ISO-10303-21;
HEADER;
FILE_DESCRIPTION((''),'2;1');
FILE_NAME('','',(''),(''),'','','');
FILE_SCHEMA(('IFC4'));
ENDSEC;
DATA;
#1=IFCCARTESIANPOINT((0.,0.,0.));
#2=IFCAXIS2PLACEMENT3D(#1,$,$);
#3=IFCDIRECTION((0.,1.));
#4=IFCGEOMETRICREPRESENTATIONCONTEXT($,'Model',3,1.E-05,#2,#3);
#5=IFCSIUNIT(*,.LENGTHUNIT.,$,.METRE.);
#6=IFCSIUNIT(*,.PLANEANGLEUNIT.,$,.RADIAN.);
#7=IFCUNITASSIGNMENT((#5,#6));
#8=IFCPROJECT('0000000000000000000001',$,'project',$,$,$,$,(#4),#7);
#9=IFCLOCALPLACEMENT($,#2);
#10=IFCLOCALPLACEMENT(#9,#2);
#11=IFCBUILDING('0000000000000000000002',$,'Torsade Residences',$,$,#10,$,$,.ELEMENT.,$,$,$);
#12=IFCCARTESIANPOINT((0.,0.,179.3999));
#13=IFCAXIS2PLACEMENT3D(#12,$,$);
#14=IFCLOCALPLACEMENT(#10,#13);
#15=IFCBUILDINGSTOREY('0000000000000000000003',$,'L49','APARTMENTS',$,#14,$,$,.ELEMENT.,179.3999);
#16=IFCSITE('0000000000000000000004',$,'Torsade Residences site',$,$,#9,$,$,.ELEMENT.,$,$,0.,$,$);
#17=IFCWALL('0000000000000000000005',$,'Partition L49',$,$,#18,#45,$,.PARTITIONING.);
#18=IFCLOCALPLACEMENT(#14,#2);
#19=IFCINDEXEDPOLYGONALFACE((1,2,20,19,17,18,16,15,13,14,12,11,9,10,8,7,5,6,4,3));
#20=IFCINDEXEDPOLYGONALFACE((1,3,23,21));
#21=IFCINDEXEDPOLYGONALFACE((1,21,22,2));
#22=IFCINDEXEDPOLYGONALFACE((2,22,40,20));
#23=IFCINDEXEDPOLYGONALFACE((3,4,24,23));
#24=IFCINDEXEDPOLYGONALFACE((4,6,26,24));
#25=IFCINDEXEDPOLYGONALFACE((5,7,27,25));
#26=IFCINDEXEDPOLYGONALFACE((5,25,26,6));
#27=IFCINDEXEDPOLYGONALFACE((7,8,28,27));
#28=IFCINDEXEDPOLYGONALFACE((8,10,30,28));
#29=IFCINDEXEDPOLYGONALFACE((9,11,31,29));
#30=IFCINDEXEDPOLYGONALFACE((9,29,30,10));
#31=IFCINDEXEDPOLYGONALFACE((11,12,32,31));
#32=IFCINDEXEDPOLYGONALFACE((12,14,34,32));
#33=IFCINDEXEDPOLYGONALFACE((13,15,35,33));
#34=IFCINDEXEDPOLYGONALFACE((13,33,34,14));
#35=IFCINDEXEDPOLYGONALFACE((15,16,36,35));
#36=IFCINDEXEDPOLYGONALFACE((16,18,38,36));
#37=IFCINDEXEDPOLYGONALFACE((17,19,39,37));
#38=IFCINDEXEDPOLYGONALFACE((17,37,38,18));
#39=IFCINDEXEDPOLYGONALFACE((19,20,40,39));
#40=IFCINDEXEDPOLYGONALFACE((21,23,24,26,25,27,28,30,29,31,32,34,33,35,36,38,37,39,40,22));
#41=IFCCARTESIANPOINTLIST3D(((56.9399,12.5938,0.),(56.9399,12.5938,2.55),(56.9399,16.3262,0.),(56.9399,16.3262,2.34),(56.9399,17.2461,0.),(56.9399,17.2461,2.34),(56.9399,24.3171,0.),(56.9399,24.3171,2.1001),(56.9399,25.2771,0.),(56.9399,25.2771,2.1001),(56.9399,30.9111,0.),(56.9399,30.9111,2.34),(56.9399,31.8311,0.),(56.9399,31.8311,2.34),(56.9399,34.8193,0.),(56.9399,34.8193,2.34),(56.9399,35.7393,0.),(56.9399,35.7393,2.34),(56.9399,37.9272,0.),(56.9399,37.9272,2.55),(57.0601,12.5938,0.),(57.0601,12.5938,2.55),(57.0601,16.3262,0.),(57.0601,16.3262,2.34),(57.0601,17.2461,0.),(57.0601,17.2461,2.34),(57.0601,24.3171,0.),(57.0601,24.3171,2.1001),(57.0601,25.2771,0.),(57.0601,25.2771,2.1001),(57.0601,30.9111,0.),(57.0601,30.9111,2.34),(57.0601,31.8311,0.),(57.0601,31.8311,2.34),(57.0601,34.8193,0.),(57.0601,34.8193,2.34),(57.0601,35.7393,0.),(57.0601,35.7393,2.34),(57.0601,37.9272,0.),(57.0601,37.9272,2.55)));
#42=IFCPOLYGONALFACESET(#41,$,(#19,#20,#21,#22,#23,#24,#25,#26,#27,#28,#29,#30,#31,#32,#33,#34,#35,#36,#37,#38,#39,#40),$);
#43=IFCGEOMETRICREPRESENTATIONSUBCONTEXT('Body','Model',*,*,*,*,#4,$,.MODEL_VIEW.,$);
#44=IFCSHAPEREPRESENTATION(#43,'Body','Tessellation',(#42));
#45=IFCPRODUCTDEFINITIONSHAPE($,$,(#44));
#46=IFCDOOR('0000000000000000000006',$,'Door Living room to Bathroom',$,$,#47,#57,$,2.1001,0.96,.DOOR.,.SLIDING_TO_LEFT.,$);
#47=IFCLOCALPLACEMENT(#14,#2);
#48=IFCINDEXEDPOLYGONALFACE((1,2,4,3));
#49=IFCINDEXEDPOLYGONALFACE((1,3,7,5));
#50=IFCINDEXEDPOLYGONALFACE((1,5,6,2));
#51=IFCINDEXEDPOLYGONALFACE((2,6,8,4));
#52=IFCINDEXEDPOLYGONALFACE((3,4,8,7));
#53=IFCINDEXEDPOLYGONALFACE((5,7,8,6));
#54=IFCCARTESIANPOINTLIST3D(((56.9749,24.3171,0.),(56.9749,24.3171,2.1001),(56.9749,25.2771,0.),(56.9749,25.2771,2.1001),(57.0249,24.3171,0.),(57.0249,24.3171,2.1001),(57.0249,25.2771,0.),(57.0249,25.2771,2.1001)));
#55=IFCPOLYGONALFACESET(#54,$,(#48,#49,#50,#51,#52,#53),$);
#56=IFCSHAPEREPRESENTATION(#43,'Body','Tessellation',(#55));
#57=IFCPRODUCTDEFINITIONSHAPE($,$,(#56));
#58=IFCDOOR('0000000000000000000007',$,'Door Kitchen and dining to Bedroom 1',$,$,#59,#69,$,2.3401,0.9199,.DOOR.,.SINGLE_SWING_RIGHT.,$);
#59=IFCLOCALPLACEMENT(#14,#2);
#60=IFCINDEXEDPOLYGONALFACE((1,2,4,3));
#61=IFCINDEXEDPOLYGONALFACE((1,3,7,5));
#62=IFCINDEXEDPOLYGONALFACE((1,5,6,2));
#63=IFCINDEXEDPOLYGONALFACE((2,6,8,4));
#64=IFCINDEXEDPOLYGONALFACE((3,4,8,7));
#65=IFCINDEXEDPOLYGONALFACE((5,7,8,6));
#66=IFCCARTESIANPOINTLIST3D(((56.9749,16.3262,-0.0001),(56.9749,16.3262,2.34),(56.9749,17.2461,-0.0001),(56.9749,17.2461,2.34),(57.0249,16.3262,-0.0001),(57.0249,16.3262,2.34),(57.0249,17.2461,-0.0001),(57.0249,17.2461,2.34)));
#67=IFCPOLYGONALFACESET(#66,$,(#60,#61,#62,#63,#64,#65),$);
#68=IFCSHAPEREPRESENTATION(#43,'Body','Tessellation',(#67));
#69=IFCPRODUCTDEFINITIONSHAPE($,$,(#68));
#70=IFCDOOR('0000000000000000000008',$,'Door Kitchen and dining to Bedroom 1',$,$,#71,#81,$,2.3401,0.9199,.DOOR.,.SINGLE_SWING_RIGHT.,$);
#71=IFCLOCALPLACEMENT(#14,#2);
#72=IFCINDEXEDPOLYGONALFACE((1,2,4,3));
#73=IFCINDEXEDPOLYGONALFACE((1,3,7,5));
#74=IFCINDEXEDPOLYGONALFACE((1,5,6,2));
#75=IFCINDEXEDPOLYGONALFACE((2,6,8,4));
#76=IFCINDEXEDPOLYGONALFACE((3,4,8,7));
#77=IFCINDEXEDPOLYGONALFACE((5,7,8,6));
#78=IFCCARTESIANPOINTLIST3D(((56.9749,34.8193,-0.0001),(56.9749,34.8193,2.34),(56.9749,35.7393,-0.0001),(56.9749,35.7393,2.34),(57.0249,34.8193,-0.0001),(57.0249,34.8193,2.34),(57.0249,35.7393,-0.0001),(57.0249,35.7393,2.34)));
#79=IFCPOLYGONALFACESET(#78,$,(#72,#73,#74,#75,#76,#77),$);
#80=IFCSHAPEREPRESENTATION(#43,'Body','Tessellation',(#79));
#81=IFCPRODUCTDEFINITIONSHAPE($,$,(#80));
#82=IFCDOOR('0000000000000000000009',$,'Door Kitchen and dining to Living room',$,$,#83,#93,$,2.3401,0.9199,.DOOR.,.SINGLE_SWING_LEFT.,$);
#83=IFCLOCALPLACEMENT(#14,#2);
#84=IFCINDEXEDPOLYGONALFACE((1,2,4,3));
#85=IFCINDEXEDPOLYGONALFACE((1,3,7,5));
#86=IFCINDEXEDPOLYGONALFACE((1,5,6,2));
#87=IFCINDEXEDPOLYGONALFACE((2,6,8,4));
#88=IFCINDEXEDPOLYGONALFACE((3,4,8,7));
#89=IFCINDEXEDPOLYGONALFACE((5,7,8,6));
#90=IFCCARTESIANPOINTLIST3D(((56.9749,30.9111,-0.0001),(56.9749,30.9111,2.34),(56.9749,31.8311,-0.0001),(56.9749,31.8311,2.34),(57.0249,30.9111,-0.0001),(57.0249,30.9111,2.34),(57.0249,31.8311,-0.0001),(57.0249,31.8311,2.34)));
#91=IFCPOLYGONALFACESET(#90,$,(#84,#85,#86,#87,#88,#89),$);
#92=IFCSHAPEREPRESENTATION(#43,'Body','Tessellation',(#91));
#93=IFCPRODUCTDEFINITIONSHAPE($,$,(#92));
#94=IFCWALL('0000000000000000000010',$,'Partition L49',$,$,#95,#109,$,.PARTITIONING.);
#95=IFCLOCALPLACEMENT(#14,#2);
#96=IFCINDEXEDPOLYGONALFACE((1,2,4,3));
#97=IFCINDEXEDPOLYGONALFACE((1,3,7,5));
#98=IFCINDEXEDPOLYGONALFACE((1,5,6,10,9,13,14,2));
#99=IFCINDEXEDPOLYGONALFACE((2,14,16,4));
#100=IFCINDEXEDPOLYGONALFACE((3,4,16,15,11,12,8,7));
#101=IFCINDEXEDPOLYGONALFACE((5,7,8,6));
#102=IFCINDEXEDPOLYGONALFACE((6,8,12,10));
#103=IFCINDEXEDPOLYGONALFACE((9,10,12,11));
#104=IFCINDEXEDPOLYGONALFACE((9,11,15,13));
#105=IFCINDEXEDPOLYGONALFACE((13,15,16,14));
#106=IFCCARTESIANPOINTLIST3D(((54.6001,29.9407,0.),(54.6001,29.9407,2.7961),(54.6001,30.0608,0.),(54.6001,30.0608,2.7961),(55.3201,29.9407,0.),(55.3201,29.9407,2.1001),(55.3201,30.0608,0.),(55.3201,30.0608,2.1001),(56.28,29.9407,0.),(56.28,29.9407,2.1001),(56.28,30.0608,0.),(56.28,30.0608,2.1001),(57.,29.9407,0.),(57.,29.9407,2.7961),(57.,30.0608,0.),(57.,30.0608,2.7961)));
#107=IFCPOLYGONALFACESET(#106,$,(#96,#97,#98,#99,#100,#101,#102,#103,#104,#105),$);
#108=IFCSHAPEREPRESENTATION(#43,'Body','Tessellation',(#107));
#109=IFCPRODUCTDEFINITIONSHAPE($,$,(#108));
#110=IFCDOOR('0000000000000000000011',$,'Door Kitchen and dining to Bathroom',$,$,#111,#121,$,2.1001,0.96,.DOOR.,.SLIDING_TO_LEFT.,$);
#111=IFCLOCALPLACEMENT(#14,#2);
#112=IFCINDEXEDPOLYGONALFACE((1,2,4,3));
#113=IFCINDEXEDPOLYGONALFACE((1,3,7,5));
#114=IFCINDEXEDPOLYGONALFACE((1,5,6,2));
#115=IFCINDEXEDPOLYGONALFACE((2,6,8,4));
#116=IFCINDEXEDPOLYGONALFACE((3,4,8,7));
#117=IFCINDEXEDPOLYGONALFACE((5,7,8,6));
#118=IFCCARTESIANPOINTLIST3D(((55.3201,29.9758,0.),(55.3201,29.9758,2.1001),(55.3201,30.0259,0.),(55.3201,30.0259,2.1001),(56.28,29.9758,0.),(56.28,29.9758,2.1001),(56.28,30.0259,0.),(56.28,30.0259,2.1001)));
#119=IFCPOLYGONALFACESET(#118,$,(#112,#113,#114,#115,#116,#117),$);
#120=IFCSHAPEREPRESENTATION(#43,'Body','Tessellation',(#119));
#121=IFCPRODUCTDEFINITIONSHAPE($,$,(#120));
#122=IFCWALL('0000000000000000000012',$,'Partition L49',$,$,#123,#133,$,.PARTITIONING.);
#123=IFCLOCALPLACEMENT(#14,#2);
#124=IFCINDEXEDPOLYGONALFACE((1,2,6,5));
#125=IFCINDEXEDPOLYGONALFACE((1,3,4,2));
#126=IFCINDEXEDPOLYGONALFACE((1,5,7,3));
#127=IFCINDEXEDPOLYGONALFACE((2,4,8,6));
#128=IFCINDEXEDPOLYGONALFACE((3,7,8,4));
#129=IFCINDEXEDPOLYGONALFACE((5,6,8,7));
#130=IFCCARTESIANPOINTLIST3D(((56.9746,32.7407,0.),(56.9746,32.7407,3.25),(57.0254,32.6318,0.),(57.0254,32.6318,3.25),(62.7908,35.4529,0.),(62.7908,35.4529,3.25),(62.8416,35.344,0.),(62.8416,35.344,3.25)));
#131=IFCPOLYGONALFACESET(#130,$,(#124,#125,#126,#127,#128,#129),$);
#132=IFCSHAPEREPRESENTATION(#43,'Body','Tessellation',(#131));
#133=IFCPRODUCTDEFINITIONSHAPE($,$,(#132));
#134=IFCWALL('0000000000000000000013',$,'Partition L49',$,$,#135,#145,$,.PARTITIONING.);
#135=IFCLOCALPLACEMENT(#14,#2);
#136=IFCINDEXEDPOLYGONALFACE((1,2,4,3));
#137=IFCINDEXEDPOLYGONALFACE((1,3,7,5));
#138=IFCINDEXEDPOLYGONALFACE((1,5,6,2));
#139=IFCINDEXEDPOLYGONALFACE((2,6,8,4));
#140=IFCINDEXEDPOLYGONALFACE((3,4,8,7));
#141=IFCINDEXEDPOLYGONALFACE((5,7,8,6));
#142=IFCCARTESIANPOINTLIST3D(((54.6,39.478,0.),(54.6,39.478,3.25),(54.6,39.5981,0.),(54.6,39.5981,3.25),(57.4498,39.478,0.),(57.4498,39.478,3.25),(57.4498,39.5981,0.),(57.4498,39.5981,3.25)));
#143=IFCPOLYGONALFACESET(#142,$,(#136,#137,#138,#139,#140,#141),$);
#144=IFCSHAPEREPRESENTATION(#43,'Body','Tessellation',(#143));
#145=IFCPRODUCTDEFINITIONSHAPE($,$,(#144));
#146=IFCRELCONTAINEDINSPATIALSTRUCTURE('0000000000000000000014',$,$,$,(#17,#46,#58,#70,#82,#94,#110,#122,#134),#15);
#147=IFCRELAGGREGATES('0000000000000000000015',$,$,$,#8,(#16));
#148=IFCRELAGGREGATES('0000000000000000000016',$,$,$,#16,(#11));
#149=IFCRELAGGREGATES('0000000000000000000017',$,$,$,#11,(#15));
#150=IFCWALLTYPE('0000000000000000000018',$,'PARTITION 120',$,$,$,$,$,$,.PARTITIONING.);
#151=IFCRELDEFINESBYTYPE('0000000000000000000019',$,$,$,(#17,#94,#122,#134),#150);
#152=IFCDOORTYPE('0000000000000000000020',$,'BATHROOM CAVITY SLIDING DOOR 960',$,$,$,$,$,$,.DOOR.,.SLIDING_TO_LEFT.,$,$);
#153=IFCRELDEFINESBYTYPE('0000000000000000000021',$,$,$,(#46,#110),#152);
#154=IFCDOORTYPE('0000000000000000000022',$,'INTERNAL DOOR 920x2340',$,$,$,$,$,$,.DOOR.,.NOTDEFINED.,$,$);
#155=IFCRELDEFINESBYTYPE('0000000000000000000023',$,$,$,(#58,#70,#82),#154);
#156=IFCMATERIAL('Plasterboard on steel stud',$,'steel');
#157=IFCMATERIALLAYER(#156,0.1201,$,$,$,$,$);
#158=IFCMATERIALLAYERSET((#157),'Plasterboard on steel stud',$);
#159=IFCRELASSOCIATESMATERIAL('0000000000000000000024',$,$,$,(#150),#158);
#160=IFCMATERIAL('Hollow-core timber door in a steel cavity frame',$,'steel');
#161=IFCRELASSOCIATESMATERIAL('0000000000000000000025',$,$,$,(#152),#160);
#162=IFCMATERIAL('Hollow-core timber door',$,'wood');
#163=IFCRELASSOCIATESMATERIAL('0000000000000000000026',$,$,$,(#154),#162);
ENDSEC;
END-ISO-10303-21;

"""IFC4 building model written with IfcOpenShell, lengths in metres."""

from ifc_helpers import new_model, si_unit, direction, frame, frame_2d, origin, place, context, subcontext, project, spatial, rectangle, extrude, material, layer, layer_set, type_object, element, fill, save


model = new_model("IFC4")

# Units and contexts
model_context = context("Model", 3, precision=1e-05, world=origin(), true_north=direction((0.0, 1.0)))
body_context = subcontext(model_context, "Body", "Model", "MODEL_VIEW")
ifc_project = project(units=[si_unit("LENGTHUNIT", "METRE"), si_unit("PLANEANGLEUNIT", "RADIAN")], contexts=[model_context])

# Site, building, storey
site_placement = place(None, origin())
site = spatial("IfcSite", under=ifc_project, at=site_placement, Name="Torsade Residences site", CompositionType="ELEMENT", RefElevation=0.0)
building_placement = place(site_placement, origin())
building = spatial("IfcBuilding", under=site, at=building_placement, Name="Torsade Residences", CompositionType="ELEMENT")
storey_placement = place(building_placement, frame((0.0, 0.0, 179.3999)))
storey = spatial("IfcBuildingStorey", under=building, at=storey_placement, Name="L49", Description="APARTMENTS", CompositionType="ELEMENT", Elevation=179.3999)

# Wall, openings, doors
ifc_material_1 = material(Name="Plasterboard on steel stud", Category="steel")
ifc_layer_1 = layer(ifc_material_1, 0.1201)
ifc_layer_set_1 = layer_set([ifc_layer_1], Name="Plasterboard on steel stud")
wall_type_1 = type_object("IfcWallType", Name="PARTITION 120", PredefinedType="PARTITIONING", material=ifc_layer_set_1)
wall_1_placement = place(storey_placement, frame((57.0, 37.9272, 0.0), z_axis=(0.0, 0.0, 1.0), x_axis=(0.0, -1.0, 0.0)))
wall_1 = element("IfcWall", 1, at=wall_1_placement, inside=storey, type_object=wall_type_1, Name="Partition L49", PredefinedType="PARTITIONING", context=body_context, shape_type="SweptSolid", body=[
    extrude(rectangle(XDim=25.3335, YDim=0.1201, at=frame_2d((12.6667, 0.0))), origin(), (0.0, 0.0, 1.0), 2.55),
])
opening_1_placement = place(wall_1_placement, frame((20.6812, 0.0, 0.0)))
opening_1 = element("IfcOpeningElement", 2, at=opening_1_placement, cuts=wall_1, PredefinedType="OPENING", context=body_context, shape_type="SweptSolid", body=[
    extrude(rectangle(XDim=0.9199, YDim=2.3401, at=frame_2d((0.46, 1.1699))), frame((0.0, 0.0701, 0.0), z_axis=(0.0, -1.0, 0.0), x_axis=(1.0, 0.0, 0.0)), (0.0, 0.0, 1.0), 0.1401),
])
opening_2_placement = place(wall_1_placement, frame((2.188, 0.0, 0.0)))
opening_2 = element("IfcOpeningElement", 3, at=opening_2_placement, cuts=wall_1, PredefinedType="OPENING", context=body_context, shape_type="SweptSolid", body=[
    extrude(rectangle(XDim=0.9199, YDim=2.3401, at=frame_2d((0.46, 1.1699))), frame((0.0, 0.0701, 0.0), z_axis=(0.0, -1.0, 0.0), x_axis=(1.0, 0.0, 0.0)), (0.0, 0.0, 1.0), 0.1401),
])
opening_3_placement = place(wall_1_placement, frame((6.0962, 0.0, 0.0)))
opening_3 = element("IfcOpeningElement", 4, at=opening_3_placement, cuts=wall_1, PredefinedType="OPENING", context=body_context, shape_type="SweptSolid", body=[
    extrude(rectangle(XDim=0.9199, YDim=2.3401, at=frame_2d((0.46, 1.1699))), frame((0.0, 0.0701, 0.0), z_axis=(0.0, -1.0, 0.0), x_axis=(1.0, 0.0, 0.0)), (0.0, 0.0, 1.0), 0.1401),
])
opening_4_placement = place(wall_1_placement, frame((12.6501, 0.0, 0.0)))
opening_4 = element("IfcOpeningElement", 5, at=opening_4_placement, cuts=wall_1, PredefinedType="OPENING", context=body_context, shape_type="SweptSolid", body=[
    extrude(rectangle(XDim=0.96, YDim=2.1001, at=frame_2d((0.48, 1.05))), frame((0.0, 0.0701, 0.0), z_axis=(0.0, -1.0, 0.0), x_axis=(1.0, 0.0, 0.0)), (0.0, 0.0, 1.0), 0.1401),
])
ifc_material_2 = material(Name="Hollow-core timber door in a steel cavity frame", Category="steel")
door_type_1 = type_object("IfcDoorType", Name="BATHROOM CAVITY SLIDING DOOR 960", OperationType="SLIDING_TO_LEFT", PredefinedType="DOOR", material=ifc_material_2)
door_1_placement = place(opening_4_placement, origin())
door_1 = element("IfcDoor", 6, at=door_1_placement, inside=storey, type_object=door_type_1, Name="Door Living room to Bathroom", OperationType="SLIDING_TO_LEFT", OverallHeight=2.1001, OverallWidth=0.96, PredefinedType="DOOR", context=body_context, shape_type="SweptSolid", body=[
    extrude(rectangle(XDim=0.96, YDim=2.1001, at=frame_2d((0.48, 1.05))), frame((0.0, 0.0249, 0.0), z_axis=(0.0, -1.0, 0.0), x_axis=(1.0, 0.0, 0.0)), (0.0, 0.0, 1.0), 0.05),
])
fill(opening_4, door_1)
ifc_material_3 = material(Name="Hollow-core timber door", Category="wood")
door_type_2 = type_object("IfcDoorType", Name="INTERNAL DOOR 920x2340", OperationType="NOTDEFINED", PredefinedType="DOOR", material=ifc_material_3)
door_2_placement = place(opening_1_placement, origin())
door_2 = element("IfcDoor", 7, at=door_2_placement, inside=storey, type_object=door_type_2, Name="Door Kitchen and dining to Bedroom 1", OperationType="SINGLE_SWING_RIGHT", OverallHeight=2.3401, OverallWidth=0.9199, PredefinedType="DOOR", context=body_context, shape_type="SweptSolid", body=[
    extrude(rectangle(XDim=0.9199, YDim=2.3401, at=frame_2d((0.46, 1.1699))), frame((0.0, 0.0249, 0.0), z_axis=(0.0, -1.0, 0.0), x_axis=(1.0, 0.0, 0.0)), (0.0, 0.0, 1.0), 0.05),
])
fill(opening_1, door_2)
door_3_placement = place(opening_2_placement, origin())
door_3 = element("IfcDoor", 8, at=door_3_placement, inside=storey, type_object=door_type_2, Name="Door Kitchen and dining to Bedroom 1", OperationType="SINGLE_SWING_RIGHT", OverallHeight=2.3401, OverallWidth=0.9199, PredefinedType="DOOR", context=body_context, shape_type="SweptSolid", body=[
    extrude(rectangle(XDim=0.9199, YDim=2.3401, at=frame_2d((0.46, 1.1699))), frame((0.0, 0.0249, 0.0), z_axis=(0.0, -1.0, 0.0), x_axis=(1.0, 0.0, 0.0)), (0.0, 0.0, 1.0), 0.05),
])
fill(opening_2, door_3)
door_4_placement = place(opening_3_placement, origin())
door_4 = element("IfcDoor", 9, at=door_4_placement, inside=storey, type_object=door_type_2, Name="Door Kitchen and dining to Living room", OperationType="SINGLE_SWING_LEFT", OverallHeight=2.3401, OverallWidth=0.9199, PredefinedType="DOOR", context=body_context, shape_type="SweptSolid", body=[
    extrude(rectangle(XDim=0.9199, YDim=2.3401, at=frame_2d((0.46, 1.1699))), frame((0.0, 0.0249, 0.0), z_axis=(0.0, -1.0, 0.0), x_axis=(1.0, 0.0, 0.0)), (0.0, 0.0, 1.0), 0.05),
])
fill(opening_3, door_4)

# Wall, opening, door
wall_2_placement = place(storey_placement, frame((57.0, 30.0007, 0.0), z_axis=(0.0, 0.0, 1.0), x_axis=(-1.0, 0.0, 0.0)))
wall_2 = element("IfcWall", 10, at=wall_2_placement, inside=storey, type_object=wall_type_1, Name="Partition L49", PredefinedType="PARTITIONING", context=body_context, shape_type="SweptSolid", body=[
    extrude(rectangle(XDim=2.3999, YDim=0.1201, at=frame_2d((1.2, 0.0))), origin(), (0.0, 0.0, 1.0), 2.7961),
])
opening_5_placement = place(wall_2_placement, frame((0.72, 0.0, 0.0)))
opening_5 = element("IfcOpeningElement", 11, at=opening_5_placement, cuts=wall_2, PredefinedType="OPENING", context=body_context, shape_type="SweptSolid", body=[
    extrude(rectangle(XDim=0.96, YDim=2.1001, at=frame_2d((0.48, 1.05))), frame((0.0, 0.0701, 0.0), z_axis=(0.0, -1.0, 0.0), x_axis=(1.0, 0.0, 0.0)), (0.0, 0.0, 1.0), 0.1401),
])
door_5_placement = place(opening_5_placement, origin())
door_5 = element("IfcDoor", 12, at=door_5_placement, inside=storey, type_object=door_type_1, Name="Door Kitchen and dining to Bathroom", OperationType="SLIDING_TO_LEFT", OverallHeight=2.1001, OverallWidth=0.96, PredefinedType="DOOR", context=body_context, shape_type="SweptSolid", body=[
    extrude(rectangle(XDim=0.96, YDim=2.1001, at=frame_2d((0.48, 1.05))), frame((0.0, 0.0249, 0.0), z_axis=(0.0, -1.0, 0.0), x_axis=(1.0, 0.0, 0.0)), (0.0, 0.0, 1.0), 0.05),
])
fill(opening_5, door_5)

# Walls
wall_3_placement = place(storey_placement, frame((57.0, 32.6863, 0.0), z_axis=(0.0, 0.0, 1.0), x_axis=(0.906306, 0.422623, 0.0)))
element("IfcWall", 13, at=wall_3_placement, inside=storey, type_object=wall_type_1, Name="Partition L49", PredefinedType="PARTITIONING", context=body_context, shape_type="SweptSolid", body=[
    extrude(rectangle(XDim=6.4175, YDim=0.1201, at=frame_2d((3.2087, 0.0))), origin(), (0.0, 0.0, 1.0), 3.25),
])
wall_4_placement = place(storey_placement, frame((54.6001, 39.5381, 0.0), z_axis=(0.0, 0.0, 1.0), x_axis=(1.0, 0.0, 0.0)))
element("IfcWall", 14, at=wall_4_placement, inside=storey, type_object=wall_type_1, Name="Partition L49", PredefinedType="PARTITIONING", context=body_context, shape_type="SweptSolid", body=[
    extrude(rectangle(XDim=2.8499, YDim=0.1201, at=frame_2d((1.4248, 0.0))), origin(), (0.0, 0.0, 1.0), 3.25),
])

save(model, "model.ifc")
